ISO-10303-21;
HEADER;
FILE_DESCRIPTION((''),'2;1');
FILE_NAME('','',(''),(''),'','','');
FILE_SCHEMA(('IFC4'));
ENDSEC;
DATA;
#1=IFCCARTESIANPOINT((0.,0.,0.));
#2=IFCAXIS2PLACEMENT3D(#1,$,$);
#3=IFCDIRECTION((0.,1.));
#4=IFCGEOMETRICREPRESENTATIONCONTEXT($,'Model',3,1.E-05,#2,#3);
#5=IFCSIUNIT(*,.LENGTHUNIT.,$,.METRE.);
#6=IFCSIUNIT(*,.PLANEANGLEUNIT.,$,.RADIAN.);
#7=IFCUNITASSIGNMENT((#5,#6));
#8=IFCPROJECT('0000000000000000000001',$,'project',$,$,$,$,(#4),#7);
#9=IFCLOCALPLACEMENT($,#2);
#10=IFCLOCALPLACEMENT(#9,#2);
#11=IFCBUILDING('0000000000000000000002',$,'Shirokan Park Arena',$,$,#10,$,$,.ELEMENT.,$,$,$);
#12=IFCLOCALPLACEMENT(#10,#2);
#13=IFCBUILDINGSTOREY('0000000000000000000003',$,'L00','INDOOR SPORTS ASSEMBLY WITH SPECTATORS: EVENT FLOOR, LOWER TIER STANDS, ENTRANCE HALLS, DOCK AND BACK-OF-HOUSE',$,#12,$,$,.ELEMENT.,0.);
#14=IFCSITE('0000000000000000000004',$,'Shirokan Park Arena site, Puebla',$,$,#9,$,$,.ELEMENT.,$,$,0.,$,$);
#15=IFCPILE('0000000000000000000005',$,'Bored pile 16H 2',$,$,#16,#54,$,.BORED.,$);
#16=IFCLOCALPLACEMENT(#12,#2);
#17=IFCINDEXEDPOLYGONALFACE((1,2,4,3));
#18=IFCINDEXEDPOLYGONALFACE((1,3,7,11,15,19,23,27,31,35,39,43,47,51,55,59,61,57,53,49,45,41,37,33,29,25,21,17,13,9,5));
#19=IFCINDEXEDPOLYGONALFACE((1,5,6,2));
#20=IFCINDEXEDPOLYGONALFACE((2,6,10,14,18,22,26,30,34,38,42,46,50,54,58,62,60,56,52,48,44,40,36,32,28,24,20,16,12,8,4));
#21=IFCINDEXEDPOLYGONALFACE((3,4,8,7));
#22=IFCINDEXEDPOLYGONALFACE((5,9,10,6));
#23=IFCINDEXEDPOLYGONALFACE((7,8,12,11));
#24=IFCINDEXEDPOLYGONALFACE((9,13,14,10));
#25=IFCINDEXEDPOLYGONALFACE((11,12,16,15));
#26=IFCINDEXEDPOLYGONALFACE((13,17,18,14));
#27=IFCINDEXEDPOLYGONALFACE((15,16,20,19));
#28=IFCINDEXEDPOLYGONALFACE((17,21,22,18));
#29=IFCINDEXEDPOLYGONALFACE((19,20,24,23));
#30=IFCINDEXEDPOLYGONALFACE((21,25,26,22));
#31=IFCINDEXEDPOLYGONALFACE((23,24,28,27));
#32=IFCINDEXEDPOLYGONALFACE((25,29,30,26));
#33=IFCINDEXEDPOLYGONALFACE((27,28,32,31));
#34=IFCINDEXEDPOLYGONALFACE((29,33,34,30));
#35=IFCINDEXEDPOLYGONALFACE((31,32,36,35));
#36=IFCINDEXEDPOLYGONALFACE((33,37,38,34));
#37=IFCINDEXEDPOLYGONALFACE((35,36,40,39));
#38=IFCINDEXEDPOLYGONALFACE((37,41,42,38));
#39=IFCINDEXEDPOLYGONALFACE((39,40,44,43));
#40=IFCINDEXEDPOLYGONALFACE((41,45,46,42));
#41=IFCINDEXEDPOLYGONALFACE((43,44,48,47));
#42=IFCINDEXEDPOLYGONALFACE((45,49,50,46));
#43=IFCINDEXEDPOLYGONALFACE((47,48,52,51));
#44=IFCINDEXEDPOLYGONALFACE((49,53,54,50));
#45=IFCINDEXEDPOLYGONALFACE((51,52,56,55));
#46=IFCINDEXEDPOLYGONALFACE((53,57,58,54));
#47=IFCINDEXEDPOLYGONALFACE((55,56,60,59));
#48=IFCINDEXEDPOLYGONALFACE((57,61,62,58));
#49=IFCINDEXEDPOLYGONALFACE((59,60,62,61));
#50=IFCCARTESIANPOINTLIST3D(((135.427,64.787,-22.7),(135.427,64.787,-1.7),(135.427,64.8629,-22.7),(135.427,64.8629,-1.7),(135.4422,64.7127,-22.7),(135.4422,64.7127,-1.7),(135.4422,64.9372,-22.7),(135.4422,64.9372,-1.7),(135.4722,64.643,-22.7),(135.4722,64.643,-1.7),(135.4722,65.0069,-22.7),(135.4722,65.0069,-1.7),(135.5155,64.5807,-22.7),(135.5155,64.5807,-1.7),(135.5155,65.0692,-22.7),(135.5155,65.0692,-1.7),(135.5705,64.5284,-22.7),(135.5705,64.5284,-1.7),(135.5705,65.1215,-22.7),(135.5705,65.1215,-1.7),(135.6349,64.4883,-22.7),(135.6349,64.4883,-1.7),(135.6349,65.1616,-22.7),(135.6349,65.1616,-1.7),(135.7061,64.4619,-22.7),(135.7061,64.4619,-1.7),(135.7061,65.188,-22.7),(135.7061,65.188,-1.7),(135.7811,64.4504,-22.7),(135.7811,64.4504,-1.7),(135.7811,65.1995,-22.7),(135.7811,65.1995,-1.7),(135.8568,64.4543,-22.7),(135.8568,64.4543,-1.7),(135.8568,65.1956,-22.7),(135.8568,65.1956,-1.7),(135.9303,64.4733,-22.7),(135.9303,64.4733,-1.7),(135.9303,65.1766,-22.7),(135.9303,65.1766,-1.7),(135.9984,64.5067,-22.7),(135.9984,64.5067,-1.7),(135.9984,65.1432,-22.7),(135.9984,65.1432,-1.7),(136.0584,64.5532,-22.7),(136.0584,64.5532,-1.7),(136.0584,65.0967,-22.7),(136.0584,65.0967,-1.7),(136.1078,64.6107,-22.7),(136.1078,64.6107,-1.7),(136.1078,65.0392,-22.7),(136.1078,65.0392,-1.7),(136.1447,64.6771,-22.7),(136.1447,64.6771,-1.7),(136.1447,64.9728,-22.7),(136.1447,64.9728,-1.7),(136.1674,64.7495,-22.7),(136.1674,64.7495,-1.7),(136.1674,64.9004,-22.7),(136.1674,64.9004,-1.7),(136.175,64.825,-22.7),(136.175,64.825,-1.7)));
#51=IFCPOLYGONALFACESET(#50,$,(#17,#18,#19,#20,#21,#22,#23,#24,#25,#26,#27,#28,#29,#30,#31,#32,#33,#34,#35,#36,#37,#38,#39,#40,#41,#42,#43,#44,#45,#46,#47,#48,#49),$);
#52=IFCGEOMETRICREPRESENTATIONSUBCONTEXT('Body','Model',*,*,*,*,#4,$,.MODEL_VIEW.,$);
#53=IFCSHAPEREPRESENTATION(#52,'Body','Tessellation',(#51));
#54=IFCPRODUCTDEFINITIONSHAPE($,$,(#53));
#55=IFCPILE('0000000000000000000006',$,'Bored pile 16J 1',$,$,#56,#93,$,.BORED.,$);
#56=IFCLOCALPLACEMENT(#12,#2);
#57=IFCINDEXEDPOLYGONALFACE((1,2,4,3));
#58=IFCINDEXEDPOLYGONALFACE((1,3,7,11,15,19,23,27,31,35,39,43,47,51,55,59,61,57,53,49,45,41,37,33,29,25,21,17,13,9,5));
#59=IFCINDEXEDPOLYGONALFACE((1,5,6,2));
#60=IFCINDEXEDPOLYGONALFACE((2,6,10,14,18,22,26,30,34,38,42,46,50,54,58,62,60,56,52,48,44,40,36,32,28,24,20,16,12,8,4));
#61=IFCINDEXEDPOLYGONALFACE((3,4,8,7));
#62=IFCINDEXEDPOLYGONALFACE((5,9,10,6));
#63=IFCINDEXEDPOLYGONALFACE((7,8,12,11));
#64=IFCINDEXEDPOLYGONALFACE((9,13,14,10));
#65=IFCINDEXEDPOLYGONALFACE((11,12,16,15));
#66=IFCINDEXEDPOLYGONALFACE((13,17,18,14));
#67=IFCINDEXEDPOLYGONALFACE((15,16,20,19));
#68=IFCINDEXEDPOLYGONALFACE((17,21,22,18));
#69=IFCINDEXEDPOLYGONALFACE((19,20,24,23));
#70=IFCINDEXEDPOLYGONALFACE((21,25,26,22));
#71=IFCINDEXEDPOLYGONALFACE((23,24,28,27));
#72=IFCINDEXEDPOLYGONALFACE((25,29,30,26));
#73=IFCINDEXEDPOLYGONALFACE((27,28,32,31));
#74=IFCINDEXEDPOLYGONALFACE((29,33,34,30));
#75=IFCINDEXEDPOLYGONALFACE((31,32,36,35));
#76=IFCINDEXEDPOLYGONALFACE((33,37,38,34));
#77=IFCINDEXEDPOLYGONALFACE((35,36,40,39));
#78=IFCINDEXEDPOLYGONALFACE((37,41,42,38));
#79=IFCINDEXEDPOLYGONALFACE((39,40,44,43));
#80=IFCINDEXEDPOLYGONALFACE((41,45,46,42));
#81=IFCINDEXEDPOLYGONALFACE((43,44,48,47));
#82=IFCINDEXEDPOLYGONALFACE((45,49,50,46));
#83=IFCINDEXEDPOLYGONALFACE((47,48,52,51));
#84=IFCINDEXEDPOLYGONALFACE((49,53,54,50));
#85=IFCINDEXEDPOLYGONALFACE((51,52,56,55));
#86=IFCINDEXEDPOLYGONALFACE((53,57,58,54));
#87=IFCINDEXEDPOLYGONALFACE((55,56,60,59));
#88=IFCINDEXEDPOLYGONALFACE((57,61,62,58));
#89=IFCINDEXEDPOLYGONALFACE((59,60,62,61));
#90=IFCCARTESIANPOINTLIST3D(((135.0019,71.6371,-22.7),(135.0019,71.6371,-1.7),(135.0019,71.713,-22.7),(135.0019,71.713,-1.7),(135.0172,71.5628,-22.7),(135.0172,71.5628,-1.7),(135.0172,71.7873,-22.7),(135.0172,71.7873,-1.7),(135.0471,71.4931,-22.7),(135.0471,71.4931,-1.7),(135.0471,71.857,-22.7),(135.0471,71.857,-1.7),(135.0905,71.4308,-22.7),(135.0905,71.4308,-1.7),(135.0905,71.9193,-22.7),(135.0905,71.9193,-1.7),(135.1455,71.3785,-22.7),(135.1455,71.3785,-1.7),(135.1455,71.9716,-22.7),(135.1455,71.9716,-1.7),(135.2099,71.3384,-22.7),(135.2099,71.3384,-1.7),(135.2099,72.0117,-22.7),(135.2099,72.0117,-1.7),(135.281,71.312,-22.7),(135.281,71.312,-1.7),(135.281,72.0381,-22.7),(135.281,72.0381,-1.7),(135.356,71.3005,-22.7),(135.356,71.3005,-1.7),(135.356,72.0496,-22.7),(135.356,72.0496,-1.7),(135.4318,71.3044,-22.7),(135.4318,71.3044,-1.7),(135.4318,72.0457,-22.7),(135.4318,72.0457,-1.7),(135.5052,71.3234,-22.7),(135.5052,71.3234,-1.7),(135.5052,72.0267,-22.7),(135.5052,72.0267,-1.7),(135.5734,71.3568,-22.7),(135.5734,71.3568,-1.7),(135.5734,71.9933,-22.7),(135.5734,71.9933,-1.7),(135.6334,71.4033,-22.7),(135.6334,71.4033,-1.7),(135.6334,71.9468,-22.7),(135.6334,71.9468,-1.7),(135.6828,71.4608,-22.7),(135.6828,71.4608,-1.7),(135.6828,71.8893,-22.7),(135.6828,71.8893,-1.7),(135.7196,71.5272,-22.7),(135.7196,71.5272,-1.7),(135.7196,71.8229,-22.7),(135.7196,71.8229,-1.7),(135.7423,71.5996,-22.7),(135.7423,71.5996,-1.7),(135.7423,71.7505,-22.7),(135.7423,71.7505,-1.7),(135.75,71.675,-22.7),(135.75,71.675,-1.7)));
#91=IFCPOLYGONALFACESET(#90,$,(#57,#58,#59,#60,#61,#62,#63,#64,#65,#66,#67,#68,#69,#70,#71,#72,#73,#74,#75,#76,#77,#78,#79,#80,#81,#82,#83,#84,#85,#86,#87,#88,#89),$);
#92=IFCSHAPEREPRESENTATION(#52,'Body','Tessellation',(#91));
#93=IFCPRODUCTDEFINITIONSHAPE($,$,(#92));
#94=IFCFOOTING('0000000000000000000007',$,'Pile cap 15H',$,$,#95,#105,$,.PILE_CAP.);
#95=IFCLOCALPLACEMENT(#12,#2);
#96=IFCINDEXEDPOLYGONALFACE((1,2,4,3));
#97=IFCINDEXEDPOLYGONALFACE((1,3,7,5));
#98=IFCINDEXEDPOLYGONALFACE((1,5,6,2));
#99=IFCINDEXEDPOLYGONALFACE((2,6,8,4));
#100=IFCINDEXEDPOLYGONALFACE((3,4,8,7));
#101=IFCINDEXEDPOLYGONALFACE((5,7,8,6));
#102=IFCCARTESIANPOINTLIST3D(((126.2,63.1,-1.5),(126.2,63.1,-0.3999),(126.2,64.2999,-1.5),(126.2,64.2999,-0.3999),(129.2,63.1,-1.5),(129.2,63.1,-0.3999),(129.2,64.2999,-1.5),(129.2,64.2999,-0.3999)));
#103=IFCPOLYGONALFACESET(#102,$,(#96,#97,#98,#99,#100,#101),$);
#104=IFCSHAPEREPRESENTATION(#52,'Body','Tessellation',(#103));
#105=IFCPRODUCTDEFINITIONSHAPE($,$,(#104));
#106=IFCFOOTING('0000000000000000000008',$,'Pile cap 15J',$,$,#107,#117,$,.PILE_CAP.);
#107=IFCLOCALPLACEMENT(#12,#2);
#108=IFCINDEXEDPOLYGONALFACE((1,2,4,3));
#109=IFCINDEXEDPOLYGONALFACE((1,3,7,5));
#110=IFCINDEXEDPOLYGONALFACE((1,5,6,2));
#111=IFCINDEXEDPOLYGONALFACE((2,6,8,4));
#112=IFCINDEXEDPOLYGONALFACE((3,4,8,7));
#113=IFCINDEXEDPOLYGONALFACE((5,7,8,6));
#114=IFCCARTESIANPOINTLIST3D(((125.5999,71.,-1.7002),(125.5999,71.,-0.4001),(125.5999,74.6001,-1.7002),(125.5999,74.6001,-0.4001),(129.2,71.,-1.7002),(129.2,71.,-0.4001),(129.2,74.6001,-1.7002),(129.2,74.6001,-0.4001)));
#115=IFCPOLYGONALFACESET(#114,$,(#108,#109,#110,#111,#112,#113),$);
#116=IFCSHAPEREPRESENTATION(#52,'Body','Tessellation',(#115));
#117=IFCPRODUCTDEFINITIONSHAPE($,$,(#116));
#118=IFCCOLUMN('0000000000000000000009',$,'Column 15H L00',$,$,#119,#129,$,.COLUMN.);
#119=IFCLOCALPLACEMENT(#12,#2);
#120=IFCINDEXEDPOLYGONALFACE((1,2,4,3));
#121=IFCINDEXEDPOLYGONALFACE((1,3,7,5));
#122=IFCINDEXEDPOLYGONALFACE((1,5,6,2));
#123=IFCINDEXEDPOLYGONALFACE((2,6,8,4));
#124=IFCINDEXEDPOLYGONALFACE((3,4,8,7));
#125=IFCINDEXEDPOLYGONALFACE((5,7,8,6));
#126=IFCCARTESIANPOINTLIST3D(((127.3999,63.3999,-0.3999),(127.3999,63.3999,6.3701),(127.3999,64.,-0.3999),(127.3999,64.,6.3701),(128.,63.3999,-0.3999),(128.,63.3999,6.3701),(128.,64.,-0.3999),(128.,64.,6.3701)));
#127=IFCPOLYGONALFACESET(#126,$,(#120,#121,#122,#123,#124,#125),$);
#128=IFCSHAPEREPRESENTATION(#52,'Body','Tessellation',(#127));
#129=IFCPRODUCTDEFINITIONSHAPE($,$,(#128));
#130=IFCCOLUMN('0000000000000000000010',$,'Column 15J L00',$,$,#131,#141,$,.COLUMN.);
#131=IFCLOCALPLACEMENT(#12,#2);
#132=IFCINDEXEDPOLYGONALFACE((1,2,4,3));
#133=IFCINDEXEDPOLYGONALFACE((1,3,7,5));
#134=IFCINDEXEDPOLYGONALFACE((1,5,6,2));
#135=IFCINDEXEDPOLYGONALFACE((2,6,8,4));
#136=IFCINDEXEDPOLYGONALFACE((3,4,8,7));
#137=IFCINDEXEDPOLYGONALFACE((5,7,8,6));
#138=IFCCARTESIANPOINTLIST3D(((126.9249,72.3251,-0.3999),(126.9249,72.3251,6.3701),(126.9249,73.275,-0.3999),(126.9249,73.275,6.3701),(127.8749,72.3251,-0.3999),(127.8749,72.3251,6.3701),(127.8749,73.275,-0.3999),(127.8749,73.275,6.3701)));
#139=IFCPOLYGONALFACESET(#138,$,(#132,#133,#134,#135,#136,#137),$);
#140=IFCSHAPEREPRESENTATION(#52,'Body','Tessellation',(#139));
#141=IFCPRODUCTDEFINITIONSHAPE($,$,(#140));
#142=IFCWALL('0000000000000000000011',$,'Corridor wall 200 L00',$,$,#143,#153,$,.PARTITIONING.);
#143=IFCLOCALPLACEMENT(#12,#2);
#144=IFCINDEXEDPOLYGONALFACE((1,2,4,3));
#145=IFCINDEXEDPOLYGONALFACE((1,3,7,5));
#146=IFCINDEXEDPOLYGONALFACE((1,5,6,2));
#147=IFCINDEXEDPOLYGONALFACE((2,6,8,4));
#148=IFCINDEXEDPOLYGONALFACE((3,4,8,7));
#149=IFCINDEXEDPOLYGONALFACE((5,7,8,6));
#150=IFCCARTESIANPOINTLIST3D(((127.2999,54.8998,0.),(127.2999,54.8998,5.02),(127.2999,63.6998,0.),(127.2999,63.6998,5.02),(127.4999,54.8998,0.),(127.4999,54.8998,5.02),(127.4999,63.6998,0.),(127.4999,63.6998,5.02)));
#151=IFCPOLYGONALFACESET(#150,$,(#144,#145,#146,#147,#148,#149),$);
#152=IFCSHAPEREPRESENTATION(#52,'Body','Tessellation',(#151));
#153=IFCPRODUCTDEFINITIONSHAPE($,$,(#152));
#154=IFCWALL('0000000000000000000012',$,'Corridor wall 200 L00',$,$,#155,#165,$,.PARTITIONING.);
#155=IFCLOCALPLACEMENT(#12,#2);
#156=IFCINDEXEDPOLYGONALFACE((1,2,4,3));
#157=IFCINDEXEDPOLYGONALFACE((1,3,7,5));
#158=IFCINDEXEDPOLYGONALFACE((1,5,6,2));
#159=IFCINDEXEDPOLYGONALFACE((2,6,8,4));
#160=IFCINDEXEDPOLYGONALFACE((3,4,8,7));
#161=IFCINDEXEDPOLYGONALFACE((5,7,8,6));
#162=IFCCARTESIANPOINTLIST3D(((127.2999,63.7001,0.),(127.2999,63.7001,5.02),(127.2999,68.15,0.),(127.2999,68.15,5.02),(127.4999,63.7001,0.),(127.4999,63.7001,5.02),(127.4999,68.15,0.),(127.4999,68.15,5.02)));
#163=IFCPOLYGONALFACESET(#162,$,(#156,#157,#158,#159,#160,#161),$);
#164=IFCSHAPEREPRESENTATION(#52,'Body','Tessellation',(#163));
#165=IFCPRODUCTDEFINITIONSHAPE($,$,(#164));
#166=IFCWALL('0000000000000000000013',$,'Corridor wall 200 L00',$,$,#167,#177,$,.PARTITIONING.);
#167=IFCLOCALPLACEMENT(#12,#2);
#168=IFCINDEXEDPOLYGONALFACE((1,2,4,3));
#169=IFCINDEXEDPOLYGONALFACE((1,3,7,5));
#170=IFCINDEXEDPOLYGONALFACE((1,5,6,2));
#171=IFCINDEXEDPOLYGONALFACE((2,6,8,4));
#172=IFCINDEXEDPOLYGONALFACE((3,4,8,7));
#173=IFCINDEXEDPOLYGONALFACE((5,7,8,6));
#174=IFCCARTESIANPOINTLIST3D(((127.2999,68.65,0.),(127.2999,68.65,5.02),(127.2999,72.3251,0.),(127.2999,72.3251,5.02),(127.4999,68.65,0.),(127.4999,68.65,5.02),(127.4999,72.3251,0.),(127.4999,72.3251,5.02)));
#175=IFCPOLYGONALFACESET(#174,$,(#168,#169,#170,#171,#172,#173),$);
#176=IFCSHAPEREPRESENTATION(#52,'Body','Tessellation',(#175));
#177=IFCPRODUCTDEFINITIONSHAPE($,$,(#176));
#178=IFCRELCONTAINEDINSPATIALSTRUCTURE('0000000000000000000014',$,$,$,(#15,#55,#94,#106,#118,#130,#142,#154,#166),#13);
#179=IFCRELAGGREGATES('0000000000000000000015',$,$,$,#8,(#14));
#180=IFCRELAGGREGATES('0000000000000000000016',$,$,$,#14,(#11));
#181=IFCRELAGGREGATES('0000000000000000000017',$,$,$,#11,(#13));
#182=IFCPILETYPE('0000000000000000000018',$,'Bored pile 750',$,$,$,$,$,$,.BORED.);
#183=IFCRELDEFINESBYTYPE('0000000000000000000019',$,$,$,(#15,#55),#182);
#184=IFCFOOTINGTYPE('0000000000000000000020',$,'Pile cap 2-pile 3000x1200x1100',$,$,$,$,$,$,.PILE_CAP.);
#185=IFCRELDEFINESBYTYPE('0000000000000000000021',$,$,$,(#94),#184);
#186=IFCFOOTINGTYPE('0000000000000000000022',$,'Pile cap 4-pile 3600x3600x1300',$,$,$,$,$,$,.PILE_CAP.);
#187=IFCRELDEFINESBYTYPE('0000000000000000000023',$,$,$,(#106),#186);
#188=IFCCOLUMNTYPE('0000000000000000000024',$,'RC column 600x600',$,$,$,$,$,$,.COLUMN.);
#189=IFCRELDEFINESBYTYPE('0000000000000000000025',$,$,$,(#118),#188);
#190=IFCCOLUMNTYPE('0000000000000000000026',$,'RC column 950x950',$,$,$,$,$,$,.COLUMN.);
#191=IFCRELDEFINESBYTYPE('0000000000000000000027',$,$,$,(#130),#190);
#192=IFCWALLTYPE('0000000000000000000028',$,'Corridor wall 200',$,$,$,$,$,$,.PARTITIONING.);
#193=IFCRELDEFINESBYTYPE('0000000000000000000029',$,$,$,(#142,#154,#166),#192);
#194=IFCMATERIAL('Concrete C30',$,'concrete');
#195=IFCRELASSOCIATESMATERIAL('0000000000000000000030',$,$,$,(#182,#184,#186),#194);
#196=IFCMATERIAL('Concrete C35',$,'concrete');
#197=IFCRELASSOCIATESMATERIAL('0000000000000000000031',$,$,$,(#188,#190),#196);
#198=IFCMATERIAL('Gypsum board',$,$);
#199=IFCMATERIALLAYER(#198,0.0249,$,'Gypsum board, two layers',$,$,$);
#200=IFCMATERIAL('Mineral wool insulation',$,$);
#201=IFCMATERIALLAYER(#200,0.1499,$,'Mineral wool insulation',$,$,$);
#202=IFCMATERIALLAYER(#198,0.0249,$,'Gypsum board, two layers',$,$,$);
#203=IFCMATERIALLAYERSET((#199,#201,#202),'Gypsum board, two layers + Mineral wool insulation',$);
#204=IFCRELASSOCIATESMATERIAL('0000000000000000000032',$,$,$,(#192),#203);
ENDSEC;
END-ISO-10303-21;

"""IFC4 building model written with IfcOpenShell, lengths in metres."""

from ifc_helpers import new_model, si_unit, direction, frame, frame_2d, origin, origin_2d, place, context, subcontext, project, spatial, rectangle, circle, extrude, material, layer, layer_set, material_profile, profile_set, type_object, element, save


model = new_model("IFC4")

# Units and contexts
model_context = context("Model", 3, precision=1e-05, world=origin(), true_north=direction((0.0, 1.0)))
body_context = subcontext(model_context, "Body", "Model", "MODEL_VIEW")
ifc_project = project(units=[si_unit("LENGTHUNIT", "METRE"), si_unit("PLANEANGLEUNIT", "RADIAN")], contexts=[model_context])

# Site, building, storey
site_placement = place(None, origin())
site = spatial("IfcSite", under=ifc_project, at=site_placement, Name="Shirokan Park Arena site, Puebla", CompositionType="ELEMENT", RefElevation=0.0)
building_placement = place(site_placement, origin())
building = spatial("IfcBuilding", under=site, at=building_placement, Name="Shirokan Park Arena", CompositionType="ELEMENT")
storey_placement = place(building_placement, origin())
storey = spatial("IfcBuildingStorey", under=building, at=storey_placement, Name="L00", Description="INDOOR SPORTS ASSEMBLY WITH SPECTATORS: EVENT FLOOR, LOWER TIER STANDS, ENTRANCE HALLS, DOCK AND BACK-OF-HOUSE", CompositionType="ELEMENT", Elevation=0.0)

# Piles
ifc_material_1 = material(Name="Concrete C30", Category="concrete")
ifc_material_profile_1 = material_profile(ifc_material_1, circle(Radius=0.375, at=origin_2d()), Name="D750")
ifc_profile_set_1 = profile_set([ifc_material_profile_1], Name="Concrete C30")
pile_type_1 = type_object("IfcPileType", Name="Bored pile 750", PredefinedType="BORED", material=ifc_profile_set_1)
for number, where, z_axis, x_axis, name in (
    (1, (135.8, 64.825, -1.7), (0.0, 0.0, -1.0), (1.0, 0.0, 0.0), "Bored pile 16H 2"),
    (2, (135.375, 71.675, -1.7), (0.0, 0.0, -1.0), (1.0, 0.0, 0.0), "Bored pile 16J 1"),
):
    element("IfcPile", number, at=place(storey_placement, frame(where, z_axis=z_axis, x_axis=x_axis)), inside=storey, type_object=pile_type_1, Name=name, PredefinedType="BORED", context=body_context, shape_type="SweptSolid", body=[
        extrude(circle(Radius=0.375, at=origin_2d()), origin(), (0.0, 0.0, 1.0), 21.0),
    ])

# Footings
footing_type_1 = type_object("IfcFootingType", Name="Pile cap 2-pile 3000x1200x1100", PredefinedType="PILE_CAP", material=ifc_material_1)
footing_1_placement = place(storey_placement, frame((127.7, 63.7, -1.5), z_axis=(0.0, 0.0, 1.0), x_axis=(1.0, 0.0, 0.0)))
element("IfcFooting", 3, at=footing_1_placement, inside=storey, type_object=footing_type_1, Name="Pile cap 15H", PredefinedType="PILE_CAP", context=body_context, shape_type="SweptSolid", body=[
    extrude(rectangle(XDim=3.0, YDim=1.2, at=origin_2d()), origin(), (0.0, 0.0, 1.0), 1.1001),
])
footing_type_2 = type_object("IfcFootingType", Name="Pile cap 4-pile 3600x3600x1300", PredefinedType="PILE_CAP", material=ifc_material_1)
footing_2_placement = place(storey_placement, frame((127.3999, 72.8, -1.7002), z_axis=(0.0, 0.0, 1.0), x_axis=(1.0, 0.0, 0.0)))
element("IfcFooting", 4, at=footing_2_placement, inside=storey, type_object=footing_type_2, Name="Pile cap 15J", PredefinedType="PILE_CAP", context=body_context, shape_type="SweptSolid", body=[
    extrude(rectangle(XDim=3.6001, YDim=3.6001, at=origin_2d()), origin(), (0.0, 0.0, 1.0), 1.3),
])

# Columns
ifc_material_2 = material(Name="Concrete C35", Category="concrete")
ifc_material_profile_2 = material_profile(ifc_material_2, rectangle(XDim=0.6001, YDim=0.6001, at=origin_2d()), Name="600x600")
ifc_profile_set_2 = profile_set([ifc_material_profile_2], Name="Concrete C35")
column_type_1 = type_object("IfcColumnType", Name="RC column 600x600", PredefinedType="COLUMN", material=ifc_profile_set_2)
column_1_placement = place(storey_placement, frame((127.7, 63.7, -0.3999), z_axis=(0.0, 0.0, 1.0), x_axis=(1.0, 0.0, 0.0)))
element("IfcColumn", 5, at=column_1_placement, inside=storey, type_object=column_type_1, Name="Column 15H L00", PredefinedType="COLUMN", context=body_context, shape_type="SweptSolid", body=[
    extrude(rectangle(XDim=0.6001, YDim=0.6001, at=origin_2d()), origin(), (0.0, 0.0, 1.0), 6.77),
])
ifc_material_profile_3 = material_profile(ifc_material_2, rectangle(XDim=0.95, YDim=0.95, at=origin_2d()), Name="950x950")
ifc_profile_set_3 = profile_set([ifc_material_profile_3], Name="Concrete C35")
column_type_2 = type_object("IfcColumnType", Name="RC column 950x950", PredefinedType="COLUMN", material=ifc_profile_set_3)
column_2_placement = place(storey_placement, frame((127.3999, 72.8, -0.3999), z_axis=(0.0, 0.0, 1.0), x_axis=(1.0, 0.0, 0.0)))
element("IfcColumn", 6, at=column_2_placement, inside=storey, type_object=column_type_2, Name="Column 15J L00", PredefinedType="COLUMN", context=body_context, shape_type="SweptSolid", body=[
    extrude(rectangle(XDim=0.95, YDim=0.95, at=origin_2d()), origin(), (0.0, 0.0, 1.0), 6.77),
])

# Walls
ifc_material_3 = material(Name="Gypsum board")
ifc_layer_1 = layer(ifc_material_3, 0.0249, Name="Gypsum board, two layers")
ifc_material_4 = material(Name="Mineral wool insulation")
ifc_layer_2 = layer(ifc_material_4, 0.1499, Name="Mineral wool insulation")
ifc_layer_3 = layer(ifc_material_3, 0.0249, Name="Gypsum board, two layers")
ifc_layer_set_1 = layer_set([ifc_layer_1, ifc_layer_2, ifc_layer_3], Name="Gypsum board, two layers + Mineral wool insulation")
wall_type_1 = type_object("IfcWallType", Name="Corridor wall 200", PredefinedType="PARTITIONING", material=ifc_layer_set_1)
wall_1_placement = place(storey_placement, frame((127.3999, 54.8999, 0.0), z_axis=(0.0, 0.0, 1.0), x_axis=(0.0, 1.0, 0.0)))
element("IfcWall", 7, at=wall_1_placement, inside=storey, type_object=wall_type_1, Name="Corridor wall 200 L00", PredefinedType="PARTITIONING", context=body_context, shape_type="SweptSolid", body=[
    extrude(rectangle(XDim=8.8, YDim=0.2, at=frame_2d((4.3999, 0.0))), origin(), (0.0, 0.0, 1.0), 5.02),
])
wall_2_placement = place(storey_placement, frame((127.3999, 63.7, 0.0), z_axis=(0.0, 0.0, 1.0), x_axis=(0.0, 1.0, 0.0)))
element("IfcWall", 8, at=wall_2_placement, inside=storey, type_object=wall_type_1, Name="Corridor wall 200 L00", PredefinedType="PARTITIONING", context=body_context, shape_type="SweptSolid", body=[
    extrude(rectangle(XDim=4.45, YDim=0.2, at=frame_2d((2.2251, 0.0))), origin(), (0.0, 0.0, 1.0), 5.02),
])
wall_3_placement = place(storey_placement, frame((127.3999, 72.325, 0.0), z_axis=(0.0, 0.0, 1.0), x_axis=(0.0, -1.0, 0.0)))
element("IfcWall", 9, at=wall_3_placement, inside=storey, type_object=wall_type_1, Name="Corridor wall 200 L00", PredefinedType="PARTITIONING", context=body_context, shape_type="SweptSolid", body=[
    extrude(rectangle(XDim=3.675, YDim=0.2, at=frame_2d((1.8374, 0.0))), origin(), (0.0, 0.0, 1.0), 5.02),
])

save(model, "model.ifc")
